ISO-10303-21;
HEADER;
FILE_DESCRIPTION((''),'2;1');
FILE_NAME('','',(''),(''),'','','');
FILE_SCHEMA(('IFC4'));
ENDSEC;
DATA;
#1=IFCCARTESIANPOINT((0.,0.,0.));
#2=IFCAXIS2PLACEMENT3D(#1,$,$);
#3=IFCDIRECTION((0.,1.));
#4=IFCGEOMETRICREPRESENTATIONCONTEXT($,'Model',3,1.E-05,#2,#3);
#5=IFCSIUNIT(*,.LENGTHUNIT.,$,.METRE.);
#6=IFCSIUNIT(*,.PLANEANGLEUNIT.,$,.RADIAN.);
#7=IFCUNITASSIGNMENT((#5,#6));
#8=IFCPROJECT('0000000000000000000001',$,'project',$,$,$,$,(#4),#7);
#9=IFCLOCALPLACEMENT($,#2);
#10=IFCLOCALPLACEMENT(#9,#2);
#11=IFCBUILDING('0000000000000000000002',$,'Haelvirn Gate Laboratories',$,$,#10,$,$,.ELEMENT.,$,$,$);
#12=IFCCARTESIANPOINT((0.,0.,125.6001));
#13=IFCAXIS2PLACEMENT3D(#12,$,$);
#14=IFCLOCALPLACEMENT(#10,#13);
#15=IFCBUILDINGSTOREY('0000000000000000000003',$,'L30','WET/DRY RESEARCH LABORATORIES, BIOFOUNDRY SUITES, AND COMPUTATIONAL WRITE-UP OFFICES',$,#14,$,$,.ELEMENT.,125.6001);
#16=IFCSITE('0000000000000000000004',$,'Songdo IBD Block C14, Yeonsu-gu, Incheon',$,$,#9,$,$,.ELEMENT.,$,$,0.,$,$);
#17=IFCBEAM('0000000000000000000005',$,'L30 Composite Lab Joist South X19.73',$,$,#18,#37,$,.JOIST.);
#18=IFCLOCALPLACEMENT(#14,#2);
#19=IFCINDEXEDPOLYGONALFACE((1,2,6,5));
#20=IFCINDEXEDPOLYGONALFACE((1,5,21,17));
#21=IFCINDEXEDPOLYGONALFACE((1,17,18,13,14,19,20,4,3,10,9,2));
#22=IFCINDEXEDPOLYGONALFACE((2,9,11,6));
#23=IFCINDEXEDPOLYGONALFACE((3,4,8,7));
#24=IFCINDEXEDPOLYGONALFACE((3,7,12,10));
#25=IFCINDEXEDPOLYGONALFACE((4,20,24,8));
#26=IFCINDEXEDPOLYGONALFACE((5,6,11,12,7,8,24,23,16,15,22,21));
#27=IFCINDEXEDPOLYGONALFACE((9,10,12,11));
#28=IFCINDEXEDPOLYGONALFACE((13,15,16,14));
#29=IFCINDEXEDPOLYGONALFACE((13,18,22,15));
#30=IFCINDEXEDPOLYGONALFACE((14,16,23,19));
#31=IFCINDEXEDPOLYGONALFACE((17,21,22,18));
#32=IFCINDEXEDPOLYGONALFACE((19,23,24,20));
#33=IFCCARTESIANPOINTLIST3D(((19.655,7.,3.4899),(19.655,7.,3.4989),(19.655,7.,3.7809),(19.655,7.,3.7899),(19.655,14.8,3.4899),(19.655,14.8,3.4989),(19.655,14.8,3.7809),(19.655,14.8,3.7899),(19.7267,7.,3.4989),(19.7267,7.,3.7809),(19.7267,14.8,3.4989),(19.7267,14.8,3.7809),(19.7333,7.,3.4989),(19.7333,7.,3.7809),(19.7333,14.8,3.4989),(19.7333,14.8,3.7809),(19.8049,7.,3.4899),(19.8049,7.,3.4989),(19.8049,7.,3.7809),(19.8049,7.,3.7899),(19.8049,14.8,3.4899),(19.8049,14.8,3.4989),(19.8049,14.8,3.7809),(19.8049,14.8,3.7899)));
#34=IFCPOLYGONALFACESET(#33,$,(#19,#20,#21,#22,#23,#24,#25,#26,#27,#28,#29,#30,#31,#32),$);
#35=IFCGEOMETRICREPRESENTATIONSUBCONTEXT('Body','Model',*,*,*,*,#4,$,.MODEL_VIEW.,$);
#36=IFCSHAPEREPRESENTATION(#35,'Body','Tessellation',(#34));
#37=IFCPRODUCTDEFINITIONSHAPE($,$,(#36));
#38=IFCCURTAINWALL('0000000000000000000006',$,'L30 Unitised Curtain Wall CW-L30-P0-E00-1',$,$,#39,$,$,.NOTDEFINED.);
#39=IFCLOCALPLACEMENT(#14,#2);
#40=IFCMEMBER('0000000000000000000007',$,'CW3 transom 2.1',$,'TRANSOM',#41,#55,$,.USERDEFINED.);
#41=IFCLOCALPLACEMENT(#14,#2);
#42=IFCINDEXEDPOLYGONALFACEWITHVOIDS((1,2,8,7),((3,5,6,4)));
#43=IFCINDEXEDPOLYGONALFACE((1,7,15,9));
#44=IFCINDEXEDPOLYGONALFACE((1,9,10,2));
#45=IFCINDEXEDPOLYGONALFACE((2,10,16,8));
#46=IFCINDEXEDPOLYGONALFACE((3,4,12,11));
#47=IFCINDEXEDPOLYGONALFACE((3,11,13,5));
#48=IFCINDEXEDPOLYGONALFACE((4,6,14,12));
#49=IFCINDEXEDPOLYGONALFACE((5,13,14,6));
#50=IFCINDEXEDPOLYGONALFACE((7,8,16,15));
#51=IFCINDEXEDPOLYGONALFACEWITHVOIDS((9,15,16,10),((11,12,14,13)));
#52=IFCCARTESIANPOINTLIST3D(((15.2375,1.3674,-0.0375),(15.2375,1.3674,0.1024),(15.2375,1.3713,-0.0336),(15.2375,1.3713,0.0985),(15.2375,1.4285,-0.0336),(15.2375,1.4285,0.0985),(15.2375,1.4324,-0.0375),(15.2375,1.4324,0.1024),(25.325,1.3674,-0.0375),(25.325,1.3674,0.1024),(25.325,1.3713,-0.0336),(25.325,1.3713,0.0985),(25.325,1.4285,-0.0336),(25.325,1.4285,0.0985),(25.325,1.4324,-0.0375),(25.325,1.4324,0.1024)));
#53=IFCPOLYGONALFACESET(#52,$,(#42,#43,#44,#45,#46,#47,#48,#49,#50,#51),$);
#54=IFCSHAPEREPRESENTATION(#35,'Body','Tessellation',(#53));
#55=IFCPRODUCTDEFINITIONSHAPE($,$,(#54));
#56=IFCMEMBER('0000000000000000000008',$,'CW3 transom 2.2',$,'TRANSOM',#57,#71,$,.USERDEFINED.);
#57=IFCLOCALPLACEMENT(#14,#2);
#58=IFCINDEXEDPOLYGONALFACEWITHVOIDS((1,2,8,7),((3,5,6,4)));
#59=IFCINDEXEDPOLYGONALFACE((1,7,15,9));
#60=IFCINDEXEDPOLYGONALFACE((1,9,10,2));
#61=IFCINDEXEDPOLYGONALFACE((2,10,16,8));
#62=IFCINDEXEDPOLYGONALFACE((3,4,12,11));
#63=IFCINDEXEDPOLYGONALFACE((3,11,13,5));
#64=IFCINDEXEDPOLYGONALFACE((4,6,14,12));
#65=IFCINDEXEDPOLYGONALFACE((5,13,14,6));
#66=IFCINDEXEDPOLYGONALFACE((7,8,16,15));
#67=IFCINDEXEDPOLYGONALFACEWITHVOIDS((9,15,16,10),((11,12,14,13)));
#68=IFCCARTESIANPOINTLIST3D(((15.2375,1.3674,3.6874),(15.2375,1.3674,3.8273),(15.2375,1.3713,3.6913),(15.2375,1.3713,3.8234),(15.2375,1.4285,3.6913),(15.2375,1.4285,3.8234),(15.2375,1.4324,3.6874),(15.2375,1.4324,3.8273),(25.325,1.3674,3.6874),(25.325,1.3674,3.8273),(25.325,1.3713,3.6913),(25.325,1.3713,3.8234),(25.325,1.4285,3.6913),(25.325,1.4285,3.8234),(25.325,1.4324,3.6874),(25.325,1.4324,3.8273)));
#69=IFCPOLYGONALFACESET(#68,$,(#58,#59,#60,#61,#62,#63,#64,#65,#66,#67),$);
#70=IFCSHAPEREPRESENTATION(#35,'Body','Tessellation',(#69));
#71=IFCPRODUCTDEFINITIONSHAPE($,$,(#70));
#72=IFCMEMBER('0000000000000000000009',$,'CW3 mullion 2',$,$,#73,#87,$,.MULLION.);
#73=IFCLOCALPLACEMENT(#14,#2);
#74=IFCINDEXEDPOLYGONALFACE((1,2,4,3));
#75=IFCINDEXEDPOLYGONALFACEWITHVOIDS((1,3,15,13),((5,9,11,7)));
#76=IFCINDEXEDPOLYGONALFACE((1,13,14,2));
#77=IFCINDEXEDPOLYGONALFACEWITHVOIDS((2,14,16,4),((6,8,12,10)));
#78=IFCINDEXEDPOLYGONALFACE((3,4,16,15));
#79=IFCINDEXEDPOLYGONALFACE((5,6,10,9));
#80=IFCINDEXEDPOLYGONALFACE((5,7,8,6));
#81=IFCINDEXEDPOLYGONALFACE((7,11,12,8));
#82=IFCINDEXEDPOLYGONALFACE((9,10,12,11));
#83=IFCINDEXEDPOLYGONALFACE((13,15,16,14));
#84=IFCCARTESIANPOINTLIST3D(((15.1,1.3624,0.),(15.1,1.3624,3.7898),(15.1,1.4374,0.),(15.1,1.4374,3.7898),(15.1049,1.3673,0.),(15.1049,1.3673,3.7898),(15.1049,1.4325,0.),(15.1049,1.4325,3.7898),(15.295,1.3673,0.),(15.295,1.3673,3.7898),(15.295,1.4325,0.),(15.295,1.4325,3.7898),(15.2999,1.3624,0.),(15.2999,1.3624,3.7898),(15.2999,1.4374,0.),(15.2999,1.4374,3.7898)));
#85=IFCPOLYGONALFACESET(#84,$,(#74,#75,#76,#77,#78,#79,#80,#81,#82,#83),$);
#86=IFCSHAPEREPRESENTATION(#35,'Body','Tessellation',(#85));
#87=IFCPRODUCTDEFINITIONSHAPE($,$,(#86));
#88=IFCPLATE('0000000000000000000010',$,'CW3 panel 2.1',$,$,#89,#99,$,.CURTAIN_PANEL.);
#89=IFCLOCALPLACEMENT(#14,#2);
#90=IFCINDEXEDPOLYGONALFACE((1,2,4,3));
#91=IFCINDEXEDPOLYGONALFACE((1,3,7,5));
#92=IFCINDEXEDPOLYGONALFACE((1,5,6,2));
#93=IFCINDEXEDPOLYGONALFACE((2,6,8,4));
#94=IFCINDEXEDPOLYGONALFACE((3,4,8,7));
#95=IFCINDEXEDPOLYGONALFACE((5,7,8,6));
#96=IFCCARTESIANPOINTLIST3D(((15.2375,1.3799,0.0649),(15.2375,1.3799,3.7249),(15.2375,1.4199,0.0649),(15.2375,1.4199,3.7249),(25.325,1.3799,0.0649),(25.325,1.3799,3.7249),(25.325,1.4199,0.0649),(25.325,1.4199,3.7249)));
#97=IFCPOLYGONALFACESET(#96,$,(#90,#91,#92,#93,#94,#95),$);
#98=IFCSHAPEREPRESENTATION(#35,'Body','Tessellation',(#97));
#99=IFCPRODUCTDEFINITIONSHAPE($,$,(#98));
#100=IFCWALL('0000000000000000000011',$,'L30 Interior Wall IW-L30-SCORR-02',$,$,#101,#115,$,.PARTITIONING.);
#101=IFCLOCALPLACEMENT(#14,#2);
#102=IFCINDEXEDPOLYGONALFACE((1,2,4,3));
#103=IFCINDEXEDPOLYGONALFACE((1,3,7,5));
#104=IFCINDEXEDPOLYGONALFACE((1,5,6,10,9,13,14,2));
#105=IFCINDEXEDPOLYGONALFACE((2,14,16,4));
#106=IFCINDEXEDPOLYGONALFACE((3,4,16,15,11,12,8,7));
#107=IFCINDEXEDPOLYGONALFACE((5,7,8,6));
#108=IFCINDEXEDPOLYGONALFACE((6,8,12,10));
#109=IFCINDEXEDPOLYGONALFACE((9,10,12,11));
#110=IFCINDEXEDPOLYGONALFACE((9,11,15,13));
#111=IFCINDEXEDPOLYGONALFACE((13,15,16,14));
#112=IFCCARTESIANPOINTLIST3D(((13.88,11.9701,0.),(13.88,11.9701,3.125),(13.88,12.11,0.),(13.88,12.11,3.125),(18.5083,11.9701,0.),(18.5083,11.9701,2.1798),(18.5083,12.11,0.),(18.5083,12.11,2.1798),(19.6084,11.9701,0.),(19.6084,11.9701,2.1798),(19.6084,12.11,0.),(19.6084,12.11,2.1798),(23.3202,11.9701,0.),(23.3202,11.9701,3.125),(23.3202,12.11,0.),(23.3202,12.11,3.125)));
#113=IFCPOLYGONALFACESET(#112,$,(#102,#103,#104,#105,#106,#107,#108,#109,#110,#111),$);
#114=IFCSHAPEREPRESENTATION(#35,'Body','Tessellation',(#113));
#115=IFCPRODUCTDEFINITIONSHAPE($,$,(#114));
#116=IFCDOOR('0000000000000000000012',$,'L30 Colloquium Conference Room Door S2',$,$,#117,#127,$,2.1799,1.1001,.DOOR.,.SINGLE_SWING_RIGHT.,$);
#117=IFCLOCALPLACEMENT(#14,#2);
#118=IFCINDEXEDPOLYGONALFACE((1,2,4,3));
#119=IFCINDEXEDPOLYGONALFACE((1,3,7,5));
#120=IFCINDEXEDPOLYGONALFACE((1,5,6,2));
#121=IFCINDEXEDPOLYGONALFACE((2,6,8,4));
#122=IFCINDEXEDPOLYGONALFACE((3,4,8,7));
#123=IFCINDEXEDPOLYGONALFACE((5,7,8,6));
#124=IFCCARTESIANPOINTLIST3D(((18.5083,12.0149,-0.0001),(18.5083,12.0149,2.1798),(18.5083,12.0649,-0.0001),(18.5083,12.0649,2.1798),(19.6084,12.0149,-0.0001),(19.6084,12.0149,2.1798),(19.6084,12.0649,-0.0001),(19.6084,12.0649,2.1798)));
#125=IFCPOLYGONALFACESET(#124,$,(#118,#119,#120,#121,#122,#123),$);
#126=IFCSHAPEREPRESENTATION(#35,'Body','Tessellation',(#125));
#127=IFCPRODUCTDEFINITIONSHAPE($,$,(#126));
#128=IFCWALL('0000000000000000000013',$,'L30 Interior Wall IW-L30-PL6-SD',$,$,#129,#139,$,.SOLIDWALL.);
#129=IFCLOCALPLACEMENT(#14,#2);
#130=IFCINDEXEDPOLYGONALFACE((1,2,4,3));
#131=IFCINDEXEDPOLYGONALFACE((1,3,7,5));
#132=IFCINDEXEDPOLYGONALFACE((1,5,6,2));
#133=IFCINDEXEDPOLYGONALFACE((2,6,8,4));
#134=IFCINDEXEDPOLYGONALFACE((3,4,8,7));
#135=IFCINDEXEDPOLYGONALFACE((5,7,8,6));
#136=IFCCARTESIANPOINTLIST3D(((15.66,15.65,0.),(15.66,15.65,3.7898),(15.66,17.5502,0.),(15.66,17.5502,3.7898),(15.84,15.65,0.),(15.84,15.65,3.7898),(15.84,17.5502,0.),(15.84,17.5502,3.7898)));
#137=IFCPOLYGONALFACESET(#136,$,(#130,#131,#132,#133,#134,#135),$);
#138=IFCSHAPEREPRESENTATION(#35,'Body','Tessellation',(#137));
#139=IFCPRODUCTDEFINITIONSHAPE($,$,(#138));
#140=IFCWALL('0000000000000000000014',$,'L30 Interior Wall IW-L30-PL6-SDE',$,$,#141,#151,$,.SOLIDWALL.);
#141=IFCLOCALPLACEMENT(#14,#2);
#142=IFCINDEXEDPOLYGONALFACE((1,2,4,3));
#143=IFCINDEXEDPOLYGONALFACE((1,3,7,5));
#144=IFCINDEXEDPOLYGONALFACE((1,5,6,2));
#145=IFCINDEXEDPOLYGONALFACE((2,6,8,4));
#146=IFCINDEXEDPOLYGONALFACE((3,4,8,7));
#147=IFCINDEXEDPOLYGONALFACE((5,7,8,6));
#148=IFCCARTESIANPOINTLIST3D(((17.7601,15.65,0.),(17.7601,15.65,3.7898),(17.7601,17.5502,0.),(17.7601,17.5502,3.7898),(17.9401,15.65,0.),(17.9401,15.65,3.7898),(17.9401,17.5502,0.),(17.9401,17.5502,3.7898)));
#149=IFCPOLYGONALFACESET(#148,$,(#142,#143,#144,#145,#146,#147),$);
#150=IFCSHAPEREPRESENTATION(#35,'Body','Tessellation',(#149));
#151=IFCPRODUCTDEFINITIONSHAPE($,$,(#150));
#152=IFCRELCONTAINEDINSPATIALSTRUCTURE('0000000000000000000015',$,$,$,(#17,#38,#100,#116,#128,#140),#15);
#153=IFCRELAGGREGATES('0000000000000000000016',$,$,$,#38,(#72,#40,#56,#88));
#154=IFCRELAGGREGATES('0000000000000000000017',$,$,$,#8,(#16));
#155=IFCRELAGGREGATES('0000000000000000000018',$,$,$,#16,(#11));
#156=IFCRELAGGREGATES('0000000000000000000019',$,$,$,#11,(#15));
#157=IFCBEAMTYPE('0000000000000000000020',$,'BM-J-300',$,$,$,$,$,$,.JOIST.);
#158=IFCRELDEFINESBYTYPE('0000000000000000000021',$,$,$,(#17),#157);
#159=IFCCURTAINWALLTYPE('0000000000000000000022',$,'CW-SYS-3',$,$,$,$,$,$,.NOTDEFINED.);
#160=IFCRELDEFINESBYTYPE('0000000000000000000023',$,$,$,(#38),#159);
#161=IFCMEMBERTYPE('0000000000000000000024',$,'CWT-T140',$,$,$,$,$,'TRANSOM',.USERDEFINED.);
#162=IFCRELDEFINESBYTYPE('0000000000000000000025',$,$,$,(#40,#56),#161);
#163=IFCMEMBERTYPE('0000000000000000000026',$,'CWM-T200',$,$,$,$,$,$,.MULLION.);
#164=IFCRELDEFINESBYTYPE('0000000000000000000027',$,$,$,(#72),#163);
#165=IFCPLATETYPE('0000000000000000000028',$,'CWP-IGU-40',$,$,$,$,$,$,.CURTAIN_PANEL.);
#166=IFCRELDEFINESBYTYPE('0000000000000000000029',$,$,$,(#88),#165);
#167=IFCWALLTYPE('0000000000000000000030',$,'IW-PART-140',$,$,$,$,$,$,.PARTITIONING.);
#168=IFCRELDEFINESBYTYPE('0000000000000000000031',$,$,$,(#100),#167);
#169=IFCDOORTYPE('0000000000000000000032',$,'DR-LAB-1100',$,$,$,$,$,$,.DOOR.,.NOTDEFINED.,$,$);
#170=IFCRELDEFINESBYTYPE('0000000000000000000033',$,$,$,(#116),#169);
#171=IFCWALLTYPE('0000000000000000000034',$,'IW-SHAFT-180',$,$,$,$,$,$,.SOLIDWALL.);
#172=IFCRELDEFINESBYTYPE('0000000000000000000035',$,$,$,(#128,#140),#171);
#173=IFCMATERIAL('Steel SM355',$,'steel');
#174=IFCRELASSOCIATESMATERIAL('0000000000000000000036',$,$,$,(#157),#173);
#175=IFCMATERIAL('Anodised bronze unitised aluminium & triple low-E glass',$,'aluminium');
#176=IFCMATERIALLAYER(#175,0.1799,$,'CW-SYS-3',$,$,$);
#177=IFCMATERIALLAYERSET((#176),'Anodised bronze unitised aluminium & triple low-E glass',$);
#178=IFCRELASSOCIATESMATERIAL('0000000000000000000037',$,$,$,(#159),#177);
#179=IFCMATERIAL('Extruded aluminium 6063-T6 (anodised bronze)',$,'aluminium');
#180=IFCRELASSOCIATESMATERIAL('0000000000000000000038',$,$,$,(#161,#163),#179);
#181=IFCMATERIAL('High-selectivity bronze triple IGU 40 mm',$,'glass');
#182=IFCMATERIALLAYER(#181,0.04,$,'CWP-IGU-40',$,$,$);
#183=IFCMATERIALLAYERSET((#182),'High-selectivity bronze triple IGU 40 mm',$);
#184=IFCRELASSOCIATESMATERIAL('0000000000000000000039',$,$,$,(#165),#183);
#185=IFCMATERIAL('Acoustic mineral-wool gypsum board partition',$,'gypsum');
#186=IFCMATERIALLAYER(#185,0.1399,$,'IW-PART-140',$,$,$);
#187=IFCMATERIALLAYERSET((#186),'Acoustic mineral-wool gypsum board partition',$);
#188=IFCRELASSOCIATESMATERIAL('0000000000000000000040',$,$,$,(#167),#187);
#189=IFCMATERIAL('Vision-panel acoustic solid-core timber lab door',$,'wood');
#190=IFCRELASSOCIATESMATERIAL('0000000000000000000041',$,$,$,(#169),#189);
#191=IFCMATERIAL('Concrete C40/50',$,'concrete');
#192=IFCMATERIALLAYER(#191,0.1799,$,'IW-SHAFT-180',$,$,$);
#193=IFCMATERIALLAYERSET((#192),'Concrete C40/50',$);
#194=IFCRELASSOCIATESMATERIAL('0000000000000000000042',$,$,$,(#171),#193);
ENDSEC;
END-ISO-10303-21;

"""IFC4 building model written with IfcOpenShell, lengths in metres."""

from ifc_helpers import new_model, si_unit, direction, frame, frame_2d, origin, origin_2d, place, context, subcontext, project, spatial, rectangle, hollow_rectangle, i_section, extrude, source, transform, mapped, material, layer, layer_set, material_profile, profile_set, type_object, type_shapes, element, fill, aggregate, save


model = new_model("IFC4")

# Units and contexts
model_context = context("Model", 3, precision=1e-05, world=origin(), true_north=direction((0.0, 1.0)))
body_context = subcontext(model_context, "Body", "Model", "MODEL_VIEW")
ifc_project = project(units=[si_unit("LENGTHUNIT", "METRE"), si_unit("PLANEANGLEUNIT", "RADIAN")], contexts=[model_context])

# Site, building, storey
site_placement = place(None, origin())
site = spatial("IfcSite", under=ifc_project, at=site_placement, Name="Songdo IBD Block C14, Yeonsu-gu, Incheon", CompositionType="ELEMENT", RefElevation=0.0)
building_placement = place(site_placement, origin())
building = spatial("IfcBuilding", under=site, at=building_placement, Name="Haelvirn Gate Laboratories", CompositionType="ELEMENT")
storey_placement = place(building_placement, frame((0.0, 0.0, 125.6001)))
storey = spatial("IfcBuildingStorey", under=building, at=storey_placement, Name="L30", Description="WET/DRY RESEARCH LABORATORIES, BIOFOUNDRY SUITES, AND COMPUTATIONAL WRITE-UP OFFICES", CompositionType="ELEMENT", Elevation=125.6001)

# Beam
ifc_material_1 = material(Name="Steel SM355", Category="steel")
ifc_material_profile_1 = material_profile(ifc_material_1, i_section(OverallWidth=0.1499, OverallDepth=0.3, WebThickness=0.0066, FlangeThickness=0.009, at=origin_2d()), Name="H-300x150x6.5x9")
ifc_profile_set_1 = profile_set([ifc_material_profile_1], Name="Steel SM355")
beam_type_1 = type_object("IfcBeamType", Name="BM-J-300", PredefinedType="JOIST", material=ifc_profile_set_1)
shared_shape_1 = source(origin(), body_context, "Body", "SweptSolid", [
    extrude(i_section(OverallWidth=0.1499, OverallDepth=0.3, WebThickness=0.0066, FlangeThickness=0.009, at=origin_2d()), origin(), (0.0, 0.0, 1.0), 7.8),
])
type_shapes(beam_type_1, [shared_shape_1])
for number, where, z_axis, x_axis, name in (
    (1, (19.73, 7.0, 3.6399), (0.0, 1.0, 0.0), (-1.0, 0.0, 0.0), "L30 Composite Lab Joist South X19.73"),
):
    element("IfcBeam", number, at=place(storey_placement, frame(where, z_axis=z_axis, x_axis=x_axis)), inside=storey, type_object=beam_type_1, Name=name, PredefinedType="JOIST", context=body_context, shape_type="MappedRepresentation", body=[
        mapped(shared_shape_1, transform((0.0, 0.0, 0.0), scale=1.0)),
    ])

# Curtain wall, members, plate
ifc_material_2 = material(Name="Anodised bronze unitised aluminium & triple low-E glass", Category="aluminium")
ifc_layer_1 = layer(ifc_material_2, 0.1799, Name="CW-SYS-3")
ifc_layer_set_1 = layer_set([ifc_layer_1], Name="Anodised bronze unitised aluminium & triple low-E glass")
curtain_wall_type = type_object("IfcCurtainWallType", Name="CW-SYS-3", PredefinedType="NOTDEFINED", material=ifc_layer_set_1)
curtain_wall_placement = place(storey_placement, origin())
curtain_wall = element("IfcCurtainWall", 2, at=curtain_wall_placement, inside=storey, type_object=curtain_wall_type, Name="L30 Unitised Curtain Wall CW-L30-P0-E00-1", PredefinedType="NOTDEFINED")
ifc_material_3 = material(Name="Extruded aluminium 6063-T6 (anodised bronze)", Category="aluminium")
ifc_material_profile_2 = material_profile(ifc_material_3, hollow_rectangle(XDim=0.0649, YDim=0.1399, WallThickness=0.0039, at=origin_2d()), Name="CWT-140x65x4")
ifc_profile_set_2 = profile_set([ifc_material_profile_2], Name="Extruded aluminium 6063-T6 (anodised bronze)")
member_type_1 = type_object("IfcMemberType", Name="CWT-T140", ElementType="TRANSOM", PredefinedType="USERDEFINED", material=ifc_profile_set_2)
shared_shape_2 = source(origin(), body_context, "Body", "SweptSolid", [
    extrude(hollow_rectangle(XDim=0.0649, YDim=0.1399, WallThickness=0.0039, at=origin_2d()), origin(), (0.0, 0.0, 1.0), 10.0874),
])
type_shapes(member_type_1, [shared_shape_2])
member_1_placement = place(storey_placement, frame((15.2375, 1.3999, 0.0325), z_axis=(1.0, 0.0, 0.0), x_axis=(0.0, 1.0, 0.0)))
member_1 = element("IfcMember", 3, at=member_1_placement, type_object=member_type_1, Name="CW3 transom 2.1", ObjectType="TRANSOM", PredefinedType="USERDEFINED", context=body_context, shape_type="MappedRepresentation", body=[
    mapped(shared_shape_2, transform((0.0, 0.0, 0.0), scale=1.0)),
])
member_2_placement = place(storey_placement, frame((15.2375, 1.3999, 3.7573), z_axis=(1.0, 0.0, 0.0), x_axis=(0.0, 1.0, 0.0)))
member_2 = element("IfcMember", 4, at=member_2_placement, type_object=member_type_1, Name="CW3 transom 2.2", ObjectType="TRANSOM", PredefinedType="USERDEFINED", context=body_context, shape_type="MappedRepresentation", body=[
    mapped(shared_shape_2, transform((0.0, 0.0, 0.0), scale=1.0)),
])
ifc_material_profile_3 = material_profile(ifc_material_3, hollow_rectangle(XDim=0.075, YDim=0.2, WallThickness=0.0049, at=origin_2d()), Name="CWM-200x75x5")
ifc_profile_set_3 = profile_set([ifc_material_profile_3], Name="Extruded aluminium 6063-T6 (anodised bronze)")
member_type_2 = type_object("IfcMemberType", Name="CWM-T200", PredefinedType="MULLION", material=ifc_profile_set_3)
shared_shape_3 = source(origin(), body_context, "Body", "SweptSolid", [
    extrude(hollow_rectangle(XDim=0.075, YDim=0.2, WallThickness=0.0049, at=origin_2d()), origin(), (0.0, 0.0, 1.0), 3.7898),
])
type_shapes(member_type_2, [shared_shape_3])
member_3_placement = place(storey_placement, frame((15.2, 1.3999, 0.0), z_axis=(0.0, 0.0, 1.0), x_axis=(0.0, 1.0, 0.0)))
member_3 = element("IfcMember", 5, at=member_3_placement, type_object=member_type_2, Name="CW3 mullion 2", PredefinedType="MULLION", context=body_context, shape_type="MappedRepresentation", body=[
    mapped(shared_shape_3, transform((0.0, 0.0, 0.0), scale=1.0)),
])
ifc_material_4 = material(Name="High-selectivity bronze triple IGU 40 mm", Category="glass")
ifc_layer_2 = layer(ifc_material_4, 0.04, Name="CWP-IGU-40")
ifc_layer_set_2 = layer_set([ifc_layer_2], Name="High-selectivity bronze triple IGU 40 mm")
plate_type = type_object("IfcPlateType", Name="CWP-IGU-40", PredefinedType="CURTAIN_PANEL", material=ifc_layer_set_2)
shared_shape_4 = source(origin(), body_context, "Body", "SweptSolid", [
    extrude(rectangle(XDim=10.0874, YDim=0.04, at=origin_2d()), origin(), (0.0, 0.0, 1.0), 3.6599),
])
type_shapes(plate_type, [shared_shape_4])
plate_placement = place(storey_placement, frame((20.2812, 1.3999, 0.0649), z_axis=(0.0, 0.0, 1.0), x_axis=(1.0, 0.0, 0.0)))
plate = element("IfcPlate", 6, at=plate_placement, type_object=plate_type, Name="CW3 panel 2.1", PredefinedType="CURTAIN_PANEL", context=body_context, shape_type="MappedRepresentation", body=[
    mapped(shared_shape_4, transform((0.0, 0.0, 0.0), scale=1.0)),
])
aggregate(curtain_wall, [member_3, member_1, member_2, plate])

# Wall, opening, door
ifc_material_5 = material(Name="Acoustic mineral-wool gypsum board partition", Category="gypsum")
ifc_layer_3 = layer(ifc_material_5, 0.1399, Name="IW-PART-140")
ifc_layer_set_3 = layer_set([ifc_layer_3], Name="Acoustic mineral-wool gypsum board partition")
wall_type_1 = type_object("IfcWallType", Name="IW-PART-140", PredefinedType="PARTITIONING", material=ifc_layer_set_3)
wall_1_placement = place(storey_placement, frame((13.8799, 12.04, 0.0), z_axis=(0.0, 0.0, 1.0), x_axis=(1.0, 0.0, 0.0)))
wall_1 = element("IfcWall", 7, at=wall_1_placement, inside=storey, type_object=wall_type_1, Name="L30 Interior Wall IW-L30-SCORR-02", PredefinedType="PARTITIONING", context=body_context, shape_type="SweptSolid", body=[
    extrude(rectangle(XDim=9.4402, YDim=0.1399, at=frame_2d((4.7202, 0.0))), origin(), (0.0, 0.0, 1.0), 3.125),
])
opening_1_placement = place(wall_1_placement, frame((4.6284, 0.0, 0.0)))
opening_1 = element("IfcOpeningElement", 8, at=opening_1_placement, cuts=wall_1, PredefinedType="OPENING", context=body_context, shape_type="SweptSolid", body=[
    extrude(rectangle(XDim=1.1001, YDim=2.1799, at=frame_2d((0.55, 1.0898))), frame((0.0, 0.0801, 0.0), z_axis=(0.0, -1.0, 0.0), x_axis=(1.0, 0.0, 0.0)), (0.0, 0.0, 1.0), 0.1599),
])
ifc_material_6 = material(Name="Vision-panel acoustic solid-core timber lab door", Category="wood")
door_type_1 = type_object("IfcDoorType", Name="DR-LAB-1100", OperationType="NOTDEFINED", PredefinedType="DOOR", material=ifc_material_6)
shared_shape_5 = source(origin(), body_context, "Body", "SweptSolid", [
    extrude(rectangle(XDim=1.1001, YDim=2.1799, at=frame_2d((0.55, 1.0898))), frame((0.0, 0.0249, 0.0), z_axis=(0.0, -1.0, 0.0), x_axis=(1.0, 0.0, 0.0)), (0.0, 0.0, 1.0), 0.05),
])
type_shapes(door_type_1, [shared_shape_5])
door_1_placement = place(opening_1_placement, origin())
door_1 = element("IfcDoor", 9, at=door_1_placement, inside=storey, type_object=door_type_1, Name="L30 Colloquium Conference Room Door S2", OperationType="SINGLE_SWING_RIGHT", OverallHeight=2.1799, OverallWidth=1.1001, PredefinedType="DOOR", context=body_context, shape_type="MappedRepresentation", body=[
    mapped(shared_shape_5, transform((0.0, 0.0, 0.0), scale=1.0)),
])
fill(opening_1, door_1)

# Walls
ifc_material_7 = material(Name="Concrete C40/50", Category="concrete")
ifc_layer_4 = layer(ifc_material_7, 0.1799, Name="IW-SHAFT-180")
ifc_layer_set_4 = layer_set([ifc_layer_4], Name="Concrete C40/50")
wall_type_2 = type_object("IfcWallType", Name="IW-SHAFT-180", PredefinedType="SOLIDWALL", material=ifc_layer_set_4)
for number, where, z_axis, x_axis, name in (
    (10, (15.75, 15.6499, 0.0), (0.0, 0.0, 1.0), (0.0, 1.0, 0.0), "L30 Interior Wall IW-L30-PL6-SD"),
    (11, (17.8501, 15.6499, 0.0), (0.0, 0.0, 1.0), (0.0, 1.0, 0.0), "L30 Interior Wall IW-L30-PL6-SDE"),
):
    element("IfcWall", number, at=place(storey_placement, frame(where, z_axis=z_axis, x_axis=x_axis)), inside=storey, type_object=wall_type_2, Name=name, PredefinedType="SOLIDWALL", context=body_context, shape_type="SweptSolid", body=[
        extrude(rectangle(XDim=1.9001, YDim=0.1799, at=frame_2d((0.9502, 0.0))), origin(), (0.0, 0.0, 1.0), 3.7898),
    ])

save(model, "model.ifc")
